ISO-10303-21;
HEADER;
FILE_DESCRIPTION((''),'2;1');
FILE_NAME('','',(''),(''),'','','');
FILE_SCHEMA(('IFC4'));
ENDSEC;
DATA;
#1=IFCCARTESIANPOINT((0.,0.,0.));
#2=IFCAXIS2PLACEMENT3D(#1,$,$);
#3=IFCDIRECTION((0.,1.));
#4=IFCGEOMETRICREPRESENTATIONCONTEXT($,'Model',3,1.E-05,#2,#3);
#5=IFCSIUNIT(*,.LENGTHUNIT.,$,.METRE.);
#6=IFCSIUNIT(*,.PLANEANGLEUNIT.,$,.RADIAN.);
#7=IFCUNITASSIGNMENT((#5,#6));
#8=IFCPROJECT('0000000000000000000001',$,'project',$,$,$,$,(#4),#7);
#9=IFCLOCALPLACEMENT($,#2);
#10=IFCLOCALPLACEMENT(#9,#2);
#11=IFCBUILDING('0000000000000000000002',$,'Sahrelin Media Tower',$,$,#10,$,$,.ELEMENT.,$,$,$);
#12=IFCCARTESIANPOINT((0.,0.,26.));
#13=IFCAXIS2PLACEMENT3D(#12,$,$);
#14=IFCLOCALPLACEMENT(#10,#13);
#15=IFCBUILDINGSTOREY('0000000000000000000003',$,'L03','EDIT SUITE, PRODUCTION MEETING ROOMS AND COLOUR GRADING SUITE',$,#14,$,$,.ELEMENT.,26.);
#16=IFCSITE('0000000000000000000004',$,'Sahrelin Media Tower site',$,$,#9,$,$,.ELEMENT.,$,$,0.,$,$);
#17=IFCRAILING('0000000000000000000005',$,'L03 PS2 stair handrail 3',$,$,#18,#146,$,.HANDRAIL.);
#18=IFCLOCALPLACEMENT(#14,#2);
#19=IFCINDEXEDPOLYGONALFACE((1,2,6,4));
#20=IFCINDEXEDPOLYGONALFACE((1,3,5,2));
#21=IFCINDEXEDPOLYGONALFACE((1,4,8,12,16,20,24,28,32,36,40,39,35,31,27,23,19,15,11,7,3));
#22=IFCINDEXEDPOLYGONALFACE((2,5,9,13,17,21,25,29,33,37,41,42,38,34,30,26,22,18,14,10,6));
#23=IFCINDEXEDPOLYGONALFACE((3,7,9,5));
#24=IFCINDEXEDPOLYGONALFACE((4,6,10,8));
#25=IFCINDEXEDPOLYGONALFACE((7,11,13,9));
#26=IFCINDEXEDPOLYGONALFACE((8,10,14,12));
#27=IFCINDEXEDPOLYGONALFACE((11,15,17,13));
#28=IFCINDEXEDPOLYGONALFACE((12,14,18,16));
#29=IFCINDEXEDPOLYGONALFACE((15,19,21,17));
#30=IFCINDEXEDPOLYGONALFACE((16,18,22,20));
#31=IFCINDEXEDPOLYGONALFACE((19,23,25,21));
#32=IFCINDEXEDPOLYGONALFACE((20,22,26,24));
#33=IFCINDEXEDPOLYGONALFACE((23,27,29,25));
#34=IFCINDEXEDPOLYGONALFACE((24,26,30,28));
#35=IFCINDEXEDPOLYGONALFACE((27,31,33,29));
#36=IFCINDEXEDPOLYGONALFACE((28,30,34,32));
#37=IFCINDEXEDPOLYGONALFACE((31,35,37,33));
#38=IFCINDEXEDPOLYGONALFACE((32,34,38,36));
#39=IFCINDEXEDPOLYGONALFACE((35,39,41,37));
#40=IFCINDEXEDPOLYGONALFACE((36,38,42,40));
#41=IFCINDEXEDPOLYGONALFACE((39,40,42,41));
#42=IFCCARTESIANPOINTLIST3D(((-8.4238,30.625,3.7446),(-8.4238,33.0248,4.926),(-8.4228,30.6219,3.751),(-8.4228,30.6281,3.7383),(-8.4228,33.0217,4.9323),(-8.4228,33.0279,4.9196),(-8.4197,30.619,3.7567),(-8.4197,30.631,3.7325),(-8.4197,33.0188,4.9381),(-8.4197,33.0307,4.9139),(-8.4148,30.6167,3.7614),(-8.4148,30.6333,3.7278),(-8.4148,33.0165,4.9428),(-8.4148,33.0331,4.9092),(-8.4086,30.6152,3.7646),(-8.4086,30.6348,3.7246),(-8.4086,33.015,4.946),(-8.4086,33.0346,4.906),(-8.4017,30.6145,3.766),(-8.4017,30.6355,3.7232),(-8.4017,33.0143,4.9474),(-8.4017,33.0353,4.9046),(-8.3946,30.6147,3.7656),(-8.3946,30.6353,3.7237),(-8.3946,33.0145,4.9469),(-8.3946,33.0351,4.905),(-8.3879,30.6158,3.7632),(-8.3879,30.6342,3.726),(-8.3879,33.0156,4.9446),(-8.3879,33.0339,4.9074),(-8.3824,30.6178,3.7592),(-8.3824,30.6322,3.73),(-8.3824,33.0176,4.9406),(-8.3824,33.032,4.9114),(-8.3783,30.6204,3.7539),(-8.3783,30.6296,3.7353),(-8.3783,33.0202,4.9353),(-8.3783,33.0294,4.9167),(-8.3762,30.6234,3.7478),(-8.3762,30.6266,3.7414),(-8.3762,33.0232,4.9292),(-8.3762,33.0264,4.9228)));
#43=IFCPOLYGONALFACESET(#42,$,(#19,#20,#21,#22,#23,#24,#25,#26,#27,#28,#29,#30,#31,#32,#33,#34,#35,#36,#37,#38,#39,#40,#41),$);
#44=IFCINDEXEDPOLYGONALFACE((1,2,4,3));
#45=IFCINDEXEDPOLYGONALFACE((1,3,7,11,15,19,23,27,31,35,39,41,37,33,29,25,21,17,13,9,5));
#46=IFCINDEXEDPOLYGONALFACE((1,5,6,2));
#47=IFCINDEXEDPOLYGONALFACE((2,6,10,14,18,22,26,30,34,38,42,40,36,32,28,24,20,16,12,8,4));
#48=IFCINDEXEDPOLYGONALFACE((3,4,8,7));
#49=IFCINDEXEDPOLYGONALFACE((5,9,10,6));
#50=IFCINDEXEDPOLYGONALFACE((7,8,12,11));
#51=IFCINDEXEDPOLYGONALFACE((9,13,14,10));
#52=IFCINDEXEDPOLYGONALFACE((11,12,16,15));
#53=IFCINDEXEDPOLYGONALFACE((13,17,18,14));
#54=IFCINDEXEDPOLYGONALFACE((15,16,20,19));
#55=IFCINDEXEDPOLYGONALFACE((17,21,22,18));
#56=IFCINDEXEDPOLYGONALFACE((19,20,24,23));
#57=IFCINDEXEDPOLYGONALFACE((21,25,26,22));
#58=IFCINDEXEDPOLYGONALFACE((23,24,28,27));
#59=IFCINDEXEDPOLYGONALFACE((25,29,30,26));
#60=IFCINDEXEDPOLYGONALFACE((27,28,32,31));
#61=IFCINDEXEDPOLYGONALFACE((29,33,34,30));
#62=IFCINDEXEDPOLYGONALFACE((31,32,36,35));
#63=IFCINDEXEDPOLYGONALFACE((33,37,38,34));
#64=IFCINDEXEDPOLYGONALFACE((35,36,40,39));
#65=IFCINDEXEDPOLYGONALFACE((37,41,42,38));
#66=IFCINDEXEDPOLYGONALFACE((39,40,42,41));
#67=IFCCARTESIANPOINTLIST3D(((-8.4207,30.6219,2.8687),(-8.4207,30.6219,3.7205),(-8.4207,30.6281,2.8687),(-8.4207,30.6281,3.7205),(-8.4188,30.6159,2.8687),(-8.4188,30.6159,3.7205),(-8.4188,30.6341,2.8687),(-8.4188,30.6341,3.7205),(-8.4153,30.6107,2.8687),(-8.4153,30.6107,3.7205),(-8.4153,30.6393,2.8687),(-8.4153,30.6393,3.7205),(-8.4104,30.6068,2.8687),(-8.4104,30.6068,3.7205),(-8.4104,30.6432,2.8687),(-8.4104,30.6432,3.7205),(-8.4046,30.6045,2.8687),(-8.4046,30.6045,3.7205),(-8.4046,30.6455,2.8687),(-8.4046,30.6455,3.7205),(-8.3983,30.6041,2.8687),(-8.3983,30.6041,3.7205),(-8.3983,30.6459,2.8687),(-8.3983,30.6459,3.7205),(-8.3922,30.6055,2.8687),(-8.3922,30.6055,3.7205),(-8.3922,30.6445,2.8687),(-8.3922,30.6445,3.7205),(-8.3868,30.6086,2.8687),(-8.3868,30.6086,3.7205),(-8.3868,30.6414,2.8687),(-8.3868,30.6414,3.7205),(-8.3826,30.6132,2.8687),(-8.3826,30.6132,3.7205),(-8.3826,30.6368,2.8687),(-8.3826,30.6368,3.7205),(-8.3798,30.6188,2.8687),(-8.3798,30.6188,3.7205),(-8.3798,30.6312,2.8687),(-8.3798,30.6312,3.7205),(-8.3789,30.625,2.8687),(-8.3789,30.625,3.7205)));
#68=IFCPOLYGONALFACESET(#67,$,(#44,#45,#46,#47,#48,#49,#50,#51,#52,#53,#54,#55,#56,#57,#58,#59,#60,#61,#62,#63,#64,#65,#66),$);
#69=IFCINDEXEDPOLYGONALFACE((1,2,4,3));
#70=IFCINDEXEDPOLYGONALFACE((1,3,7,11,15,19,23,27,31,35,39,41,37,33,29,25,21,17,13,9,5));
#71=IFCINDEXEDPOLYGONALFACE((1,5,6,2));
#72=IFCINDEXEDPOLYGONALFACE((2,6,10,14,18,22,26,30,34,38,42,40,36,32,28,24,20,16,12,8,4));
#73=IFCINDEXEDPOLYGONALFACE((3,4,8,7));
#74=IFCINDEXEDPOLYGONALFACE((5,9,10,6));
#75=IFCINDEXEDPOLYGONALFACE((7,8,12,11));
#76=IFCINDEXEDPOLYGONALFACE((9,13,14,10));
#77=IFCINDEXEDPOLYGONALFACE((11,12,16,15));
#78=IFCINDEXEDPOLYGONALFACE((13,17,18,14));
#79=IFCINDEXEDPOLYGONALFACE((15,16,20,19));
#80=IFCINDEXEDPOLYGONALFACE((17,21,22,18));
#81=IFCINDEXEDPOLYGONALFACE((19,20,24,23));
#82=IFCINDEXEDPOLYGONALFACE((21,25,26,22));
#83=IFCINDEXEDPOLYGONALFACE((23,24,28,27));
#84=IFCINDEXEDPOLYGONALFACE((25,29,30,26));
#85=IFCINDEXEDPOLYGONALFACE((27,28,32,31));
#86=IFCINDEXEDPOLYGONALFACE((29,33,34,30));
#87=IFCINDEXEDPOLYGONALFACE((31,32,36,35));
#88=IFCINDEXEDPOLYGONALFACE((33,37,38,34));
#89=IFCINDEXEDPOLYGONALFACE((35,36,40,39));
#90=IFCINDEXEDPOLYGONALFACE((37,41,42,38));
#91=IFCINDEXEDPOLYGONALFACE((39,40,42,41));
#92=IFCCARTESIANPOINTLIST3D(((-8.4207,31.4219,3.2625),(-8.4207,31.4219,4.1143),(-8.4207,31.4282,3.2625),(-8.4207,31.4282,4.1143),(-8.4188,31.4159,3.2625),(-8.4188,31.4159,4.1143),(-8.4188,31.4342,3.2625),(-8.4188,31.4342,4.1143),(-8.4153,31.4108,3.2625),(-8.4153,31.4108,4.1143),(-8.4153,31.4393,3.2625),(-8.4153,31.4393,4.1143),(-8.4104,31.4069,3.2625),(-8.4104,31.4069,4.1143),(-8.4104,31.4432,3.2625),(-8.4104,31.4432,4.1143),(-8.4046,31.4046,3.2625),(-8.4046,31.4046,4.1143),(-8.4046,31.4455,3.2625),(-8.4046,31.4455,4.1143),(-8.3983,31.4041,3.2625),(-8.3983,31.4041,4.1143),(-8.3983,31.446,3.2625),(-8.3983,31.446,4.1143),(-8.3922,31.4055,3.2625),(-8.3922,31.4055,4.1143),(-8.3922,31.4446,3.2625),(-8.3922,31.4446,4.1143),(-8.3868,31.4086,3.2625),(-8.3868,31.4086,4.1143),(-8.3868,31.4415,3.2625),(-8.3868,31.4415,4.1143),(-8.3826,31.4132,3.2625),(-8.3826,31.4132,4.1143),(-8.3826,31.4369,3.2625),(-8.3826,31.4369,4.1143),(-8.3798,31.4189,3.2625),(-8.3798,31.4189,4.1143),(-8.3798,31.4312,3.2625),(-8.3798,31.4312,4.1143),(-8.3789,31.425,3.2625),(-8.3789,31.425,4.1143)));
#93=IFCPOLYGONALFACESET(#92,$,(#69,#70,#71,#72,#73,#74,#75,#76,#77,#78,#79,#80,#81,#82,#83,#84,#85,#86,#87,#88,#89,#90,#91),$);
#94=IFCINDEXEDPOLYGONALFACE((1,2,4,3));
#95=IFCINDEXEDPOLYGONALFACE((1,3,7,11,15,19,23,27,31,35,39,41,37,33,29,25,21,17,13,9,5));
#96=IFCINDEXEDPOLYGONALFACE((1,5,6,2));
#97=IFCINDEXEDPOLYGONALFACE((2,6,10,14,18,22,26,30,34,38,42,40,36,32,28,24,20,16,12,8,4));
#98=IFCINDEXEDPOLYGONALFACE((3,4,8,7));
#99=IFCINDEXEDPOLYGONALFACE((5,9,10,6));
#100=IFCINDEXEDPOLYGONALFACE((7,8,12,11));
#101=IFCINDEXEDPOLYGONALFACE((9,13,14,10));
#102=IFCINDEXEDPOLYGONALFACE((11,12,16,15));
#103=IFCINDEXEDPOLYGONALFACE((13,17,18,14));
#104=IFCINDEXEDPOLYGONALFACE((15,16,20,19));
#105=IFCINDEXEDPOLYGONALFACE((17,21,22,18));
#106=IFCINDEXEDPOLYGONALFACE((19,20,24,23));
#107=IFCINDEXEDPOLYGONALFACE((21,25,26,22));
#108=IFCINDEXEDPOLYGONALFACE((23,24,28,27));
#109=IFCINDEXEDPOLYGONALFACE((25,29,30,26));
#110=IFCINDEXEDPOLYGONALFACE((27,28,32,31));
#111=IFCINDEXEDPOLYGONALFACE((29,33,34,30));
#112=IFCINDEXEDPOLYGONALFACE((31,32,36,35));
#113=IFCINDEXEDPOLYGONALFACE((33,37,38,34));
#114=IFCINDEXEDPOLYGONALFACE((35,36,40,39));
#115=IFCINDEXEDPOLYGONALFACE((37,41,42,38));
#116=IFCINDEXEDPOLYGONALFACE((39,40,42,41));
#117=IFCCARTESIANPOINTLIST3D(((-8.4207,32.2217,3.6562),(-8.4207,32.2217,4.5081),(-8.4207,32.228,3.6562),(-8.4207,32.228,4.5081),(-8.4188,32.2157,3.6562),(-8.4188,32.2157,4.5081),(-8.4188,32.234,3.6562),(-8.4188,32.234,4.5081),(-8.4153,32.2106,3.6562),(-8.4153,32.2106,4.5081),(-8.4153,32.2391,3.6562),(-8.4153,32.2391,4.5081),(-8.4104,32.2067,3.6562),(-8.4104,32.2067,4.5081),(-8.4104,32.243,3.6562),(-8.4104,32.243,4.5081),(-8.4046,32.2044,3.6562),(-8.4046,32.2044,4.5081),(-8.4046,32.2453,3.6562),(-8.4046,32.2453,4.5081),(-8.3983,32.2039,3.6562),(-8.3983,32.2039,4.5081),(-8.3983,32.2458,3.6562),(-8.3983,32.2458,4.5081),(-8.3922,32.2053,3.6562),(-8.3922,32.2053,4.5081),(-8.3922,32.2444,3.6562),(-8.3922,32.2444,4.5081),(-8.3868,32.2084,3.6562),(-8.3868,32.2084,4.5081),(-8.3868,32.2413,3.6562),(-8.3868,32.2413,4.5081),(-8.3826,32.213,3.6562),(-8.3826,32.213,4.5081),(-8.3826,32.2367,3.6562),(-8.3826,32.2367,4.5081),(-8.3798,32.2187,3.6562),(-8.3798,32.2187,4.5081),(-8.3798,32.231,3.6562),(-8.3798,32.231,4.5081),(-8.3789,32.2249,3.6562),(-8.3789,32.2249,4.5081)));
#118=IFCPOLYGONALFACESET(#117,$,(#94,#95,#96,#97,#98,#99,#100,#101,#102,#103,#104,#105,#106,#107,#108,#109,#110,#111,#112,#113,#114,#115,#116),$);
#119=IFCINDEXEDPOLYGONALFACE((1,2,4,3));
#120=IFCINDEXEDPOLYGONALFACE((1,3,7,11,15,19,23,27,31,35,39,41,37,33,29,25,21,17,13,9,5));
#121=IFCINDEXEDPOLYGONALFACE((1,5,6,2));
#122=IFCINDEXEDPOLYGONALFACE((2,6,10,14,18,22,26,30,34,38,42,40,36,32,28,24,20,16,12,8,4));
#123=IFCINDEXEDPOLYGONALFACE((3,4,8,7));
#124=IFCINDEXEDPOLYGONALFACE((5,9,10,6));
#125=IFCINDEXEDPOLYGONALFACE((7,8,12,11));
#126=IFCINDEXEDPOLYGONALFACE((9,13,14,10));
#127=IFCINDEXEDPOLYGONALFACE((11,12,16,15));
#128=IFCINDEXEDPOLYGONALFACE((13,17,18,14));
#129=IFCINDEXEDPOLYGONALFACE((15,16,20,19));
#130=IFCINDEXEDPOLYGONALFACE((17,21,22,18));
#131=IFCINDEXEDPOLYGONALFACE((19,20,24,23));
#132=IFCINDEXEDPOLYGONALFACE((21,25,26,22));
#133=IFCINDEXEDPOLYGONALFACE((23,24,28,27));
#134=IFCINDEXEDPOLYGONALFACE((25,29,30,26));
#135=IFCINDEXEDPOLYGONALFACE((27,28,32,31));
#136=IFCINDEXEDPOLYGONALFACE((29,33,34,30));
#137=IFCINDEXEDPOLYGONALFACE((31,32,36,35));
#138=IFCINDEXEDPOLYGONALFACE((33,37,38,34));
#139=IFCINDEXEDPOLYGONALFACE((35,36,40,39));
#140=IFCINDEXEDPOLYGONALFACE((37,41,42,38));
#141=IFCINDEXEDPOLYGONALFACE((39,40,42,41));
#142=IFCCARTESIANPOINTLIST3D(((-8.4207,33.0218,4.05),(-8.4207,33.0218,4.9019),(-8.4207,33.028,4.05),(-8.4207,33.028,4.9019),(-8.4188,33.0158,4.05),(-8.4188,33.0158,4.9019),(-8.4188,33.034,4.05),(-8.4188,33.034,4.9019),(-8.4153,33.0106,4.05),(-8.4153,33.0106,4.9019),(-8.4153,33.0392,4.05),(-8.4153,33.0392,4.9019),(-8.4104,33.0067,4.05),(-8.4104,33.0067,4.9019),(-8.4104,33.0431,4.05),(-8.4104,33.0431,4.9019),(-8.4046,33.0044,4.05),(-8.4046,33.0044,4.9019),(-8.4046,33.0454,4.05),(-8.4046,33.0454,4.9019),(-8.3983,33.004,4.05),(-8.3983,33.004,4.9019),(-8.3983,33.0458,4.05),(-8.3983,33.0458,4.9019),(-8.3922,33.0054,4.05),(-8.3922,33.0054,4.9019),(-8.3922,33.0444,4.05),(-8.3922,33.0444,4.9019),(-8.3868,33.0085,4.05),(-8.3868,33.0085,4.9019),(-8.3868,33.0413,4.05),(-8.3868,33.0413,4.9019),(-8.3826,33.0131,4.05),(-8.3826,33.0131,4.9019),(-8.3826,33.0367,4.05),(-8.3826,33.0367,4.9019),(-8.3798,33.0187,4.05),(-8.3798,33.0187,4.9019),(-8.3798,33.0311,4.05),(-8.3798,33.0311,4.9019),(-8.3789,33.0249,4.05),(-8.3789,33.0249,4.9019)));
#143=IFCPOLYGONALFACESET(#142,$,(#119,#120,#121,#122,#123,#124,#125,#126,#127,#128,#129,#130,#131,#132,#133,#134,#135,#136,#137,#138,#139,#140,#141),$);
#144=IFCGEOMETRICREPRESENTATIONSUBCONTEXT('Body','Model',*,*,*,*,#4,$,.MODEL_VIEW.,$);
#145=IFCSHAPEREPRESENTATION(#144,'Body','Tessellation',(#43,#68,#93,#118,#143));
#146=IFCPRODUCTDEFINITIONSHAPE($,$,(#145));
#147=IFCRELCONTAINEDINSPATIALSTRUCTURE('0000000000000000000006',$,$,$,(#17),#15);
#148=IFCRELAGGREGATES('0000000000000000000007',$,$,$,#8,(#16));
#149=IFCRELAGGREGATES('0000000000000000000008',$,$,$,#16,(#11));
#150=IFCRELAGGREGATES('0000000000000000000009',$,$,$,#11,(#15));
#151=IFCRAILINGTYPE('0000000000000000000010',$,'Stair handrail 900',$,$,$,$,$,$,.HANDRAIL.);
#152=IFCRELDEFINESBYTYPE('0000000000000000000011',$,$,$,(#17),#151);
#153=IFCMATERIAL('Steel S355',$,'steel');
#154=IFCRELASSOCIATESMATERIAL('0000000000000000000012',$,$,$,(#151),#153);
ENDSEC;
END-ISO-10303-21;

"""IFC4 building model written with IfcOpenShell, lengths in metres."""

from ifc_helpers import new_model, si_unit, direction, frame, origin, origin_2d, place, context, subcontext, project, spatial, circle, extrude, material, type_object, element, save


model = new_model("IFC4")

# Units and contexts
model_context = context("Model", 3, precision=1e-05, world=origin(), true_north=direction((0.0, 1.0)))
body_context = subcontext(model_context, "Body", "Model", "MODEL_VIEW")
ifc_project = project(units=[si_unit("LENGTHUNIT", "METRE"), si_unit("PLANEANGLEUNIT", "RADIAN")], contexts=[model_context])

# Site, building, storey
site_placement = place(None, origin())
site = spatial("IfcSite", under=ifc_project, at=site_placement, Name="Sahrelin Media Tower site", CompositionType="ELEMENT", RefElevation=0.0)
building_placement = place(site_placement, origin())
building = spatial("IfcBuilding", under=site, at=building_placement, Name="Sahrelin Media Tower", CompositionType="ELEMENT")
storey_placement = place(building_placement, frame((0.0, 0.0, 26.0)))
storey = spatial("IfcBuildingStorey", under=building, at=storey_placement, Name="L03", Description="EDIT SUITE, PRODUCTION MEETING ROOMS AND COLOUR GRADING SUITE", CompositionType="ELEMENT", Elevation=26.0)

# Shared definitions
ifc_material_1 = material(Name="Steel S355", Category="steel")

# Railing
railing_type = type_object("IfcRailingType", Name="Stair handrail 900", PredefinedType="HANDRAIL", material=ifc_material_1)
for number, where, name in (
    (1, (-8.3999, 30.625, 2.8687), "L03 PS2 stair handrail 3"),
):
    element("IfcRailing", number, at=place(storey_placement, frame(where)), inside=storey, type_object=railing_type, Name=name, PredefinedType="HANDRAIL", context=body_context, shape_type="SweptSolid", body=[
        extrude(circle(Radius=0.0239, at=origin_2d()), frame((0.0, 0.0, 0.876), z_axis=(0.0, 0.897185, 0.441656), x_axis=(-1.0, 0.0, 0.0)), (0.0, 0.0, 1.0), 2.6748),
        extrude(circle(Radius=0.021, at=origin_2d()), origin(), (0.0, 0.0, 1.0), 0.8518),
        extrude(circle(Radius=0.021, at=origin_2d()), frame((0.0, 0.8, 0.3938)), (0.0, 0.0, 1.0), 0.8518),
        extrude(circle(Radius=0.021, at=origin_2d()), frame((0.0, 1.5999, 0.7876)), (0.0, 0.0, 1.0), 0.8518),
        extrude(circle(Radius=0.021, at=origin_2d()), frame((0.0, 2.3999, 1.1814)), (0.0, 0.0, 1.0), 0.8518),
    ])

save(model, "model.ifc")
